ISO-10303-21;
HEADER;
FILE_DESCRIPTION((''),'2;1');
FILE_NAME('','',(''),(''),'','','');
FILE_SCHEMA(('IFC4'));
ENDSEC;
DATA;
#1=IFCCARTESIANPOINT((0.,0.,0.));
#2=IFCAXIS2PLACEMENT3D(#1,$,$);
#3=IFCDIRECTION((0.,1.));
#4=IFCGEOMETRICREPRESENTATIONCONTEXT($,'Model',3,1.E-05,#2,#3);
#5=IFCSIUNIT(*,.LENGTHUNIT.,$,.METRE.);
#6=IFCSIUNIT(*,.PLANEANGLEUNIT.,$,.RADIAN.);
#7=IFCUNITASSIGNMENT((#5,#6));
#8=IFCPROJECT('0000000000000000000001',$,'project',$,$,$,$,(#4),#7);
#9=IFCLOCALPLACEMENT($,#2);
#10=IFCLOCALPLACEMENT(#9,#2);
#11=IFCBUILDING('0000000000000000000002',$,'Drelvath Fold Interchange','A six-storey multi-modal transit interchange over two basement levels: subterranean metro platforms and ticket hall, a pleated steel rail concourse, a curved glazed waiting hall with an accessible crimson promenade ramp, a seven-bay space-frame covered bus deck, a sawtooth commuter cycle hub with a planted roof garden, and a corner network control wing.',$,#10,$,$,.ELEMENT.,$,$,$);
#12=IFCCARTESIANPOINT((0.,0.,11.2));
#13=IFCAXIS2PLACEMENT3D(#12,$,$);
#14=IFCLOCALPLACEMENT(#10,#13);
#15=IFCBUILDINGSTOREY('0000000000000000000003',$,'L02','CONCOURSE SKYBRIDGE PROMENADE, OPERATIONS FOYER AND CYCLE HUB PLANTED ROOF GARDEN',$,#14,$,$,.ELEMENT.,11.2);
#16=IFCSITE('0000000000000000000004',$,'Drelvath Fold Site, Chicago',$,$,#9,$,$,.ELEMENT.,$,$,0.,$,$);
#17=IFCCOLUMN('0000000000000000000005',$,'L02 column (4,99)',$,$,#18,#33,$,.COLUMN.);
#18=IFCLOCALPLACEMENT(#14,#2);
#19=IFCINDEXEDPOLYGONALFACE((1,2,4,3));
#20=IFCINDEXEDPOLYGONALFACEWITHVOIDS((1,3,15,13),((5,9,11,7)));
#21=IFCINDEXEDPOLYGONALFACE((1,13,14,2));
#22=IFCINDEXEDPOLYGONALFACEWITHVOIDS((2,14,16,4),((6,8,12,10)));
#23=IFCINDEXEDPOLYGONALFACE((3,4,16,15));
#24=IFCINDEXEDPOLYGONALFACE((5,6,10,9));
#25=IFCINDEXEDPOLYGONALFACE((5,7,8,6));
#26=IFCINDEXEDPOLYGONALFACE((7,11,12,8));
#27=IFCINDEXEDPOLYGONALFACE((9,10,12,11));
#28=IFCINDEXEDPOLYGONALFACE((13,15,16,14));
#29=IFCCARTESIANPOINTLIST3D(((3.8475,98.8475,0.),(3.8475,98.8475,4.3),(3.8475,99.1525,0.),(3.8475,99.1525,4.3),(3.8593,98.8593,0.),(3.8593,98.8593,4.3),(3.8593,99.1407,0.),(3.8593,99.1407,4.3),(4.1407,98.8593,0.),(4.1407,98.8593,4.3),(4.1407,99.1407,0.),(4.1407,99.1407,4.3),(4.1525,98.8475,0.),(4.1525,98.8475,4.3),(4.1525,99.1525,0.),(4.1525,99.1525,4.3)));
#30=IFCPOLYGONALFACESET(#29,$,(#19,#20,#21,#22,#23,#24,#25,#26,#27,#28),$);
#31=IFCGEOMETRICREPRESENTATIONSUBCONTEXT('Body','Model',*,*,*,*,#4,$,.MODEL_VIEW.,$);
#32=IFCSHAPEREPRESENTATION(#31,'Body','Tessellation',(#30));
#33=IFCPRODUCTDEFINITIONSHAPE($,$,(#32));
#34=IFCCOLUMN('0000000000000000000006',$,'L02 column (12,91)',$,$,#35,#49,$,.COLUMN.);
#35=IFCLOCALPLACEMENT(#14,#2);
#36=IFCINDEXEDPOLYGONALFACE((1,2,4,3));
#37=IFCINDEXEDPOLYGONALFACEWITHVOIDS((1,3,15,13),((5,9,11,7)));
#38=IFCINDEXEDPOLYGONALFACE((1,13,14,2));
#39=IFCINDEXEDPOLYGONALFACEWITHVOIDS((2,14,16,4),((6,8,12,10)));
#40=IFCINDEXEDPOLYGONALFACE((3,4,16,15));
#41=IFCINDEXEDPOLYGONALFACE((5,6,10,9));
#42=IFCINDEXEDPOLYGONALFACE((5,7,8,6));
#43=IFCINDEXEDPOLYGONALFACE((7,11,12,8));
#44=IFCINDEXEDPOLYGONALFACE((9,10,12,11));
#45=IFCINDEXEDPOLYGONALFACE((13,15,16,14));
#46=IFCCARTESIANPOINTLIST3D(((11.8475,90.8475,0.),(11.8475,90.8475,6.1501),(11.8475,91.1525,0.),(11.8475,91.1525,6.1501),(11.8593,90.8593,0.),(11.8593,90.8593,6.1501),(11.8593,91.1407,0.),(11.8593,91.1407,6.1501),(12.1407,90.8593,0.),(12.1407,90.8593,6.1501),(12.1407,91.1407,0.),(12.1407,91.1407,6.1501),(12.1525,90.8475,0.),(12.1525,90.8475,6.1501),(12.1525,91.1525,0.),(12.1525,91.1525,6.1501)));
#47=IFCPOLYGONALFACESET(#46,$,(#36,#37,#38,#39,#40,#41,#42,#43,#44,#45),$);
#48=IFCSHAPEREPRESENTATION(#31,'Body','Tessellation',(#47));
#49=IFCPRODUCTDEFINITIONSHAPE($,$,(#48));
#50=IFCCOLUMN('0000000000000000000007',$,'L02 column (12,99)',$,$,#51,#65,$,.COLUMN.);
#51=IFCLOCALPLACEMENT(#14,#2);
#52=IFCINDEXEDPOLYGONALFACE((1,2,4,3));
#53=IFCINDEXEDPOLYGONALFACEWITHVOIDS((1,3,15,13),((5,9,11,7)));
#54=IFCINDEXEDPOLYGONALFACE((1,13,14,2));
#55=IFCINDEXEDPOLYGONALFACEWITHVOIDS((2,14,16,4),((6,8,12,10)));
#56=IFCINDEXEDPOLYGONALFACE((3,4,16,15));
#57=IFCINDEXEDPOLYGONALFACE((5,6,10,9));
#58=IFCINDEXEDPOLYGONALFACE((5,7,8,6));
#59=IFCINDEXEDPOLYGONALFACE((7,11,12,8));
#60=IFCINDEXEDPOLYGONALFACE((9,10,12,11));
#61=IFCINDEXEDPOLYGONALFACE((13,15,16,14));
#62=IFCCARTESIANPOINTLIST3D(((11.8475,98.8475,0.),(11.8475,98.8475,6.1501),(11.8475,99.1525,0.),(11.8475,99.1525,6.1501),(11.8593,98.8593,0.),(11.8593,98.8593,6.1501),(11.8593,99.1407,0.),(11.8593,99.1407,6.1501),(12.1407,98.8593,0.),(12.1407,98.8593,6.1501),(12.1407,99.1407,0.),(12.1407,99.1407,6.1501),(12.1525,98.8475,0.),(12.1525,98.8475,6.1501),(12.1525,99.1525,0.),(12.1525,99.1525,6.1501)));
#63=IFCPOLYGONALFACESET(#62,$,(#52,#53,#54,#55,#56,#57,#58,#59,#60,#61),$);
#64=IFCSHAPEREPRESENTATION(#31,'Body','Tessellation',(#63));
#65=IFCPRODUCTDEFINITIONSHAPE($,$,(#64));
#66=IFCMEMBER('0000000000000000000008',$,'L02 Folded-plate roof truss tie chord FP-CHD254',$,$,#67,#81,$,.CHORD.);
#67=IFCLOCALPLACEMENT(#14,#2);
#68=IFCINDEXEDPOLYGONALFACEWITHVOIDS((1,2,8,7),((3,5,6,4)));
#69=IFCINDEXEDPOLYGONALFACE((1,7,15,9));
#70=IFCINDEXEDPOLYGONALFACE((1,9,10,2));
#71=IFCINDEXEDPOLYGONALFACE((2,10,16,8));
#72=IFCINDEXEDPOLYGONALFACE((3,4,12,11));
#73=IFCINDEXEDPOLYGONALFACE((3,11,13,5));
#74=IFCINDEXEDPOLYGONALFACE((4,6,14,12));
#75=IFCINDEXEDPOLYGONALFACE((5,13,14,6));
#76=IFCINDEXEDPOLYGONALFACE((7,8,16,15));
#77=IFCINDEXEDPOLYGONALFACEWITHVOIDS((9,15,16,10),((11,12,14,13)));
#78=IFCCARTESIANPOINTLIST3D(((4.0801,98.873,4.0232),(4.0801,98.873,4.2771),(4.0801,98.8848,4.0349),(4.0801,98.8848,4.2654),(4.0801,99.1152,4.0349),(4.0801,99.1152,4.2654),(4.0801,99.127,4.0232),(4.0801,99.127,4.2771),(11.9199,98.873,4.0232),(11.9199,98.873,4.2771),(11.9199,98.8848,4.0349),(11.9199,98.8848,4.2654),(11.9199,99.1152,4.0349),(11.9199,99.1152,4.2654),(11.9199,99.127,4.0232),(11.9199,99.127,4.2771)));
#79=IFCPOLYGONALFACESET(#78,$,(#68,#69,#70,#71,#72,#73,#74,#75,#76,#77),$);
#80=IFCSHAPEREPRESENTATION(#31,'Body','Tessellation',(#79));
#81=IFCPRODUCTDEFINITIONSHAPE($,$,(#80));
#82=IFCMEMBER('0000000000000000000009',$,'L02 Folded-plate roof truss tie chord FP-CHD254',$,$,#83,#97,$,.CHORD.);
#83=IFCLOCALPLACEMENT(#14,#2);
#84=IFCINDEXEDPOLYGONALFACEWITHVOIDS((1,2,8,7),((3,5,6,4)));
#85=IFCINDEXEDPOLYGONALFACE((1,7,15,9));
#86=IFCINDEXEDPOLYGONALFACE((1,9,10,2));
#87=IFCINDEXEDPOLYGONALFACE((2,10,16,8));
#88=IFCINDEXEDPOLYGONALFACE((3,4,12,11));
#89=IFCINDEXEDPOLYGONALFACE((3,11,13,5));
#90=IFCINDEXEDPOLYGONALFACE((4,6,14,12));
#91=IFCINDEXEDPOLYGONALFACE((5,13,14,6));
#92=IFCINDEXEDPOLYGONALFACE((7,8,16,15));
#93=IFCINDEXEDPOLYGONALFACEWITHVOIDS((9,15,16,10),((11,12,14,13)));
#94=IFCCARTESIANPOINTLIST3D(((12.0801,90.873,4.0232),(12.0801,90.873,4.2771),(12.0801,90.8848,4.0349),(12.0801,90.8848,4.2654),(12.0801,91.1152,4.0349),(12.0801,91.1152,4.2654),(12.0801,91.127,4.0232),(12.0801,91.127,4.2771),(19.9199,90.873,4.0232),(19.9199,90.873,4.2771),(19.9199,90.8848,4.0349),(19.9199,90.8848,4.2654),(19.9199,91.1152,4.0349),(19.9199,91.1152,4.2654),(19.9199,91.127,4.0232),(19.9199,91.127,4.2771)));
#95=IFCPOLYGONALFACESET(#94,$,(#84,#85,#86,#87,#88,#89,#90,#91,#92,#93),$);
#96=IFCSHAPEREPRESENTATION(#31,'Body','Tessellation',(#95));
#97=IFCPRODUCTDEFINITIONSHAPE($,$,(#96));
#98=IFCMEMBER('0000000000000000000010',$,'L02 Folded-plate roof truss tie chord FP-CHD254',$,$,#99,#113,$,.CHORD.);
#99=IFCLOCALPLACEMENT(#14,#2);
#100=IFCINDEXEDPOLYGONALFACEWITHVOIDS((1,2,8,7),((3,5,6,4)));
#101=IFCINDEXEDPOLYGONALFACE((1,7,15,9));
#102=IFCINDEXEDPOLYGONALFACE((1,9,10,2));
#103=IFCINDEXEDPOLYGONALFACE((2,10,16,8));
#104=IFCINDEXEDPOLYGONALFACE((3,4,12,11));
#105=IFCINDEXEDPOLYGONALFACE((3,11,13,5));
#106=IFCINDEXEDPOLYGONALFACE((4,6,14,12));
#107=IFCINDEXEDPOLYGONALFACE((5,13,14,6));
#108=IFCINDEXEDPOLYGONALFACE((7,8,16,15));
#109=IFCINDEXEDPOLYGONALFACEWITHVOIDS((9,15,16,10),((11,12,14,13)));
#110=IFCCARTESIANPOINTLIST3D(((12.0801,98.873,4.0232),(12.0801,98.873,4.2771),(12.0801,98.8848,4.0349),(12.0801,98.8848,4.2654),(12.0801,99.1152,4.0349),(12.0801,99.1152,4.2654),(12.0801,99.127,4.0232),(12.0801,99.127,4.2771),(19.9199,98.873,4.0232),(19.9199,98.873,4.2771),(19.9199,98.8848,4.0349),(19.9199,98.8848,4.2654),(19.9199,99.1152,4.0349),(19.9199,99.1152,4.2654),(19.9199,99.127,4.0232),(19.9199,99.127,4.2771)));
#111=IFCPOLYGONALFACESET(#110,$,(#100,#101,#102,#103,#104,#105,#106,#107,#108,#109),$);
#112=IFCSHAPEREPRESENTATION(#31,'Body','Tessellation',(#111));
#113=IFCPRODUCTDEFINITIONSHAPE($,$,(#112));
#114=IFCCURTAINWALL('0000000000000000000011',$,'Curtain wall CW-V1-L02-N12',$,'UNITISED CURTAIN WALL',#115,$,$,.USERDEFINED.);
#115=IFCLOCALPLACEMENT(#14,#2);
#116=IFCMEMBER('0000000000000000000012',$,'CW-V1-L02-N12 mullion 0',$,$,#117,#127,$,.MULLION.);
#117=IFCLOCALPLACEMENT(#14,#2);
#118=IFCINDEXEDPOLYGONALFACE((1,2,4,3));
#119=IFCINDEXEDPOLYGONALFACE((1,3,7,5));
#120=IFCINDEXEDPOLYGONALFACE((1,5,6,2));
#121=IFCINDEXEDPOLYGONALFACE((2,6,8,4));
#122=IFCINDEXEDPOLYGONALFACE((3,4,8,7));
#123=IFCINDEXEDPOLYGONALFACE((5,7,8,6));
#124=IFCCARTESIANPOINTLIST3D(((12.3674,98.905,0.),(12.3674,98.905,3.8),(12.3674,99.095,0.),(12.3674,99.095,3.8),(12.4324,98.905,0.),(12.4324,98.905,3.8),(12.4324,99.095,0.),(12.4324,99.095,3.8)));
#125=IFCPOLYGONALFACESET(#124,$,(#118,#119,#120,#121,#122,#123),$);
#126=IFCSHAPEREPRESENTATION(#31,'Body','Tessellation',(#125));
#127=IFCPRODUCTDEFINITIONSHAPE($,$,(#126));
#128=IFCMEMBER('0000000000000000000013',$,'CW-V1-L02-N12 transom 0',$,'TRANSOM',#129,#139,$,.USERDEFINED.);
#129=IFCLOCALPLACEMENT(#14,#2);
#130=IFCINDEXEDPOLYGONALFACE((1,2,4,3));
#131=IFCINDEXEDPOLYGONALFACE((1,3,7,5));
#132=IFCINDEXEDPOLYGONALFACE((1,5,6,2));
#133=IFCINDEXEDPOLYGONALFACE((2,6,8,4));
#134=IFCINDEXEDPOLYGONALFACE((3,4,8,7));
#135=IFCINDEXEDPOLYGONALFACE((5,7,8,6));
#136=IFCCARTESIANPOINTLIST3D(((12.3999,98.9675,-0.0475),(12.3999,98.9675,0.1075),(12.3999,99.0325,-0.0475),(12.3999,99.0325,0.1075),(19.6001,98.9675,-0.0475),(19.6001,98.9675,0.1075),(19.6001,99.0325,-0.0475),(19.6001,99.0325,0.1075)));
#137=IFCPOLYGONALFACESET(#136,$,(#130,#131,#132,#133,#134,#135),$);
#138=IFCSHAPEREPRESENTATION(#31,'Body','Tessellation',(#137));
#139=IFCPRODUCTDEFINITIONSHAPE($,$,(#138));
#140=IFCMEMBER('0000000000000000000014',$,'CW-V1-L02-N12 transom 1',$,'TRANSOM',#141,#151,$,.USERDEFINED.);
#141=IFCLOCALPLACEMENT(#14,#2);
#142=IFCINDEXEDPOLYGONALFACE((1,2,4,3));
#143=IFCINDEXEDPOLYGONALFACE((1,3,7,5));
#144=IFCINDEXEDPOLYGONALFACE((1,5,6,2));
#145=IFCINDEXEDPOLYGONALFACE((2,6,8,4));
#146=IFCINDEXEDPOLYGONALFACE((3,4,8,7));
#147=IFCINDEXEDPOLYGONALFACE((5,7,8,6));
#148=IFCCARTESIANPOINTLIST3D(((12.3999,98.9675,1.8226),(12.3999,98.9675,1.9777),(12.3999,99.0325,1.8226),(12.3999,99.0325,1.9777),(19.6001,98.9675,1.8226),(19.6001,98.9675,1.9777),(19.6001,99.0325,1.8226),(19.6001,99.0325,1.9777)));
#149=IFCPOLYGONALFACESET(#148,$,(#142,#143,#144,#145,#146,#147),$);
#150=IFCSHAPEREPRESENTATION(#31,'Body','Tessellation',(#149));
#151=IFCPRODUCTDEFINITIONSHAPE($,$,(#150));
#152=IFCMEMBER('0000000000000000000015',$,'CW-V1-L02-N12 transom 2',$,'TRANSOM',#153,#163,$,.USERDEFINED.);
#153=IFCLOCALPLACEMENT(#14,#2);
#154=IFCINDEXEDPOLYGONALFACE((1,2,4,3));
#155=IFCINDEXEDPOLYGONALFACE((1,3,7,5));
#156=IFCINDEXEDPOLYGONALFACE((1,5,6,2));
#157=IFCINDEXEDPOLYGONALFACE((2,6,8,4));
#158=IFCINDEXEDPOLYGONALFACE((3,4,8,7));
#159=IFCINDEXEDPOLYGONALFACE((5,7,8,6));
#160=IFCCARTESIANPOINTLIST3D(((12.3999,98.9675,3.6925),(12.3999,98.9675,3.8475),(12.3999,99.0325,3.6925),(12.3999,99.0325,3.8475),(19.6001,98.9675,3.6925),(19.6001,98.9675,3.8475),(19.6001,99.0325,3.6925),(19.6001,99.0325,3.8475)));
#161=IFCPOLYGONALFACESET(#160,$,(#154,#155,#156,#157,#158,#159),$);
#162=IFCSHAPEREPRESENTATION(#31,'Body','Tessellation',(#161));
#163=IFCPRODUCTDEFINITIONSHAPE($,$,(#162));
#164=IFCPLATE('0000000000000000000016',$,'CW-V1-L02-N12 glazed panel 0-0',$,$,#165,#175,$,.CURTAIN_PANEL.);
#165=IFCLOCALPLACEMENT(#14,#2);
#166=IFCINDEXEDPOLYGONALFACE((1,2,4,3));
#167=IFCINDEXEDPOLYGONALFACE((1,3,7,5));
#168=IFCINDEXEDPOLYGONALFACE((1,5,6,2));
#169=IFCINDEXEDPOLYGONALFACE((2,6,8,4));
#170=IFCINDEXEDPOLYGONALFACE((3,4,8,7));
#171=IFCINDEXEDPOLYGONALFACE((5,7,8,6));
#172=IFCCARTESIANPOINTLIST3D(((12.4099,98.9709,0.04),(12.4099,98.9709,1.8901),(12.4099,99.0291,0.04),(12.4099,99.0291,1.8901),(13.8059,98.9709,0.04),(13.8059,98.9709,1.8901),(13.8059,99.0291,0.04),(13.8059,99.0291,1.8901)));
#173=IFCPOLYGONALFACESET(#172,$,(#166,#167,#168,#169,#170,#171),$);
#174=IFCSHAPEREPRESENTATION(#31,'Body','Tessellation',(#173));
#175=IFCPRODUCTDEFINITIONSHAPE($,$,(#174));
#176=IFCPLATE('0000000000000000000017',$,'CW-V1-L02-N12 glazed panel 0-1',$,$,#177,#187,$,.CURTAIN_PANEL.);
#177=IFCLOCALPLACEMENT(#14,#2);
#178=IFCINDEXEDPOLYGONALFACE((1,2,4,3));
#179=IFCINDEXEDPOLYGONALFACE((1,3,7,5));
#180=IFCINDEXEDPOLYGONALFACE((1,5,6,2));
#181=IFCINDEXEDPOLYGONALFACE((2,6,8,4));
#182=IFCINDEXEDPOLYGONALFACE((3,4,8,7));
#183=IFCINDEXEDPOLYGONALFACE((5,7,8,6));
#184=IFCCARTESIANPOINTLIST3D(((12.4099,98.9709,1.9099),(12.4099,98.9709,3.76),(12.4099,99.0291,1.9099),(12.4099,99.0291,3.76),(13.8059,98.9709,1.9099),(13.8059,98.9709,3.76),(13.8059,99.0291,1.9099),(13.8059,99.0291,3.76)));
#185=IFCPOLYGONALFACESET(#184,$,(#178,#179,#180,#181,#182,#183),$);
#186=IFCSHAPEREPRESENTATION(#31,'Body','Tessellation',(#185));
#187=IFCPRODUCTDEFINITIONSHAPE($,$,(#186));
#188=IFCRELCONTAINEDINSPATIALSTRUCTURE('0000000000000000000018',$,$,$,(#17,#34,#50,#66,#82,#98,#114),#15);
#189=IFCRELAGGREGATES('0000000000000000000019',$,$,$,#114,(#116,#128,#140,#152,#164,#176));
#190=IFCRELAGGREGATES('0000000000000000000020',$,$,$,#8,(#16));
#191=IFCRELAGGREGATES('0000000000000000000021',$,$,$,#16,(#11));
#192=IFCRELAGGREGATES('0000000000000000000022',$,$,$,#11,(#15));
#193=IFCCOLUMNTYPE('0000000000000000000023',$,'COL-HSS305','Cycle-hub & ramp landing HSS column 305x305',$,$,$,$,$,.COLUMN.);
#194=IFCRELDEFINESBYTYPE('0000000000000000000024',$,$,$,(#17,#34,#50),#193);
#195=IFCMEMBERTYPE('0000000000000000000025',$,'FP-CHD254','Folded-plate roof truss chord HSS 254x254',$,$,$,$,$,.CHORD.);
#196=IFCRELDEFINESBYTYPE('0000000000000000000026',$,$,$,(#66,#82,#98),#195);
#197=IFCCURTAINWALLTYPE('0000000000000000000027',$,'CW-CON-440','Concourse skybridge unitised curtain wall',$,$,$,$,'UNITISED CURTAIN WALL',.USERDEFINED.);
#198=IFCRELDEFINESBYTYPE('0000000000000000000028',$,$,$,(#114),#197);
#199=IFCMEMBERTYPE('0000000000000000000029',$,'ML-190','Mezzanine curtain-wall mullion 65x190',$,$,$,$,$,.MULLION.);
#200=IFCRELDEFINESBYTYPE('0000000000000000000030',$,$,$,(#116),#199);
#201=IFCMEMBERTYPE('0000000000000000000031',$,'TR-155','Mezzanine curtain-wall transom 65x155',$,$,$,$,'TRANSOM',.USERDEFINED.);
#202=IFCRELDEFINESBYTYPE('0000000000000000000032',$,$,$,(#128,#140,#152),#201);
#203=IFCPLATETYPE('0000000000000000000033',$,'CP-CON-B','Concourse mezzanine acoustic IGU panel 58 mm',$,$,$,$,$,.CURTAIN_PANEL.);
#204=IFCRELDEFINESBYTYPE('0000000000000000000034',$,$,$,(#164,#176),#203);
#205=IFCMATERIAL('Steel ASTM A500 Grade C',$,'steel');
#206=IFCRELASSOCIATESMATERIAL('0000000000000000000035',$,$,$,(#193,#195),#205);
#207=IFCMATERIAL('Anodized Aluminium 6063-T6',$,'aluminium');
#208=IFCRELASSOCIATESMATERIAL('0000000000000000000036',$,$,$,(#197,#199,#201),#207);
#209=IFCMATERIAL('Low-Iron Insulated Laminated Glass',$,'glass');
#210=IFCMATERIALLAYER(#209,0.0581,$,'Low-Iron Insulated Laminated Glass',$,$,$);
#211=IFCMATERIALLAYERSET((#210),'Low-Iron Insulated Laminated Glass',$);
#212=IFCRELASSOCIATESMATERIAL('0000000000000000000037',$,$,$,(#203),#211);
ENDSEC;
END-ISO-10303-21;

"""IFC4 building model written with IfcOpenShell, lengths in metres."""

from ifc_helpers import new_model, si_unit, direction, frame, origin, origin_2d, place, context, subcontext, project, spatial, rectangle, hollow_rectangle, extrude, material, layer, layer_set, material_profile, profile_set, type_object, element, aggregate, save


model = new_model("IFC4")

# Units and contexts
model_context = context("Model", 3, precision=1e-05, world=origin(), true_north=direction((0.0, 1.0)))
body_context = subcontext(model_context, "Body", "Model", "MODEL_VIEW")
ifc_project = project(units=[si_unit("LENGTHUNIT", "METRE"), si_unit("PLANEANGLEUNIT", "RADIAN")], contexts=[model_context])

# Site, building, storey
site_placement = place(None, origin())
site = spatial("IfcSite", under=ifc_project, at=site_placement, Name="Drelvath Fold Site, Chicago", CompositionType="ELEMENT", RefElevation=0.0)
building_placement = place(site_placement, origin())
building = spatial("IfcBuilding", under=site, at=building_placement, Name="Drelvath Fold Interchange", Description="A six-storey multi-modal transit interchange over two basement levels: subterranean metro platforms and ticket hall, a pleated steel rail concourse, a curved glazed waiting hall with an accessible crimson promenade ramp, a seven-bay space-frame covered bus deck, a sawtooth commuter cycle hub with a planted roof garden, and a corner network control wing.", CompositionType="ELEMENT")
storey_placement = place(building_placement, frame((0.0, 0.0, 11.2)))
storey = spatial("IfcBuildingStorey", under=building, at=storey_placement, Name="L02", Description="CONCOURSE SKYBRIDGE PROMENADE, OPERATIONS FOYER AND CYCLE HUB PLANTED ROOF GARDEN", CompositionType="ELEMENT", Elevation=11.2)

# Columns
ifc_material_1 = material(Name="Steel ASTM A500 Grade C", Category="steel")
ifc_material_profile_1 = material_profile(ifc_material_1, hollow_rectangle(XDim=0.3049, YDim=0.3049, WallThickness=0.0117, at=origin_2d()), Name="HSS12X12X1/2")
ifc_profile_set_1 = profile_set([ifc_material_profile_1], Name="Steel ASTM A500 Grade C")
column_type = type_object("IfcColumnType", Name="COL-HSS305", Description="Cycle-hub & ramp landing HSS column 305x305", PredefinedType="COLUMN", material=ifc_profile_set_1)
column_placement = place(storey_placement, frame((4.0, 99.0, 0.0), z_axis=(0.0, 0.0, 1.0), x_axis=(1.0, 0.0, 0.0)))
element("IfcColumn", 1, at=column_placement, inside=storey, type_object=column_type, Name="L02 column (4,99)", PredefinedType="COLUMN", context=body_context, shape_type="SweptSolid", body=[
    extrude(hollow_rectangle(XDim=0.3049, YDim=0.3049, WallThickness=0.0117, at=origin_2d()), origin(), (0.0, 0.0, 1.0), 4.3),
])
for number, where, z_axis, x_axis, name in (
    (2, (12.0, 91.0, 0.0), (0.0, 0.0, 1.0), (1.0, 0.0, 0.0), "L02 column (12,91)"),
    (3, (12.0, 99.0, 0.0), (0.0, 0.0, 1.0), (1.0, 0.0, 0.0), "L02 column (12,99)"),
):
    element("IfcColumn", number, at=place(storey_placement, frame(where, z_axis=z_axis, x_axis=x_axis)), inside=storey, type_object=column_type, Name=name, PredefinedType="COLUMN", context=body_context, shape_type="SweptSolid", body=[
        extrude(hollow_rectangle(XDim=0.3049, YDim=0.3049, WallThickness=0.0117, at=origin_2d()), origin(), (0.0, 0.0, 1.0), 6.1501),
    ])

# Members
ifc_material_profile_2 = material_profile(ifc_material_1, hollow_rectangle(XDim=0.2539, YDim=0.2539, WallThickness=0.0117, at=origin_2d()), Name="HSS10X10X1/2")
ifc_profile_set_2 = profile_set([ifc_material_profile_2], Name="Steel ASTM A500 Grade C")
member_type_1 = type_object("IfcMemberType", Name="FP-CHD254", Description="Folded-plate roof truss chord HSS 254x254", PredefinedType="CHORD", material=ifc_profile_set_2)
for number, where, z_axis, x_axis, name in (
    (4, (4.0801, 99.0, 4.1501), (1.0, 0.0, 0.0), (0.0, 1.0, 0.0), "L02 Folded-plate roof truss tie chord FP-CHD254"),
    (5, (12.0801, 91.0, 4.1501), (1.0, 0.0, 0.0), (0.0, 1.0, 0.0), "L02 Folded-plate roof truss tie chord FP-CHD254"),
    (6, (12.0801, 99.0, 4.1501), (1.0, 0.0, 0.0), (0.0, 1.0, 0.0), "L02 Folded-plate roof truss tie chord FP-CHD254"),
):
    element("IfcMember", number, at=place(storey_placement, frame(where, z_axis=z_axis, x_axis=x_axis)), inside=storey, type_object=member_type_1, Name=name, PredefinedType="CHORD", context=body_context, shape_type="SweptSolid", body=[
        extrude(hollow_rectangle(XDim=0.2539, YDim=0.2539, WallThickness=0.0117, at=origin_2d()), origin(), (0.0, 0.0, 1.0), 7.8398),
    ])

# Curtain wall, members, plates
ifc_material_2 = material(Name="Anodized Aluminium 6063-T6", Category="aluminium")
curtain_wall_type = type_object("IfcCurtainWallType", Name="CW-CON-440", Description="Concourse skybridge unitised curtain wall", ElementType="UNITISED CURTAIN WALL", PredefinedType="USERDEFINED", material=ifc_material_2)
curtain_wall_placement = place(storey_placement, origin())
curtain_wall = element("IfcCurtainWall", 7, at=curtain_wall_placement, inside=storey, type_object=curtain_wall_type, Name="Curtain wall CW-V1-L02-N12", ObjectType="UNITISED CURTAIN WALL", PredefinedType="USERDEFINED")
ifc_material_profile_3 = material_profile(ifc_material_2, rectangle(XDim=0.0649, YDim=0.1899, at=origin_2d()), Name="AL-M 65x190")
ifc_profile_set_3 = profile_set([ifc_material_profile_3], Name="Anodized Aluminium 6063-T6")
member_type_2 = type_object("IfcMemberType", Name="ML-190", Description="Mezzanine curtain-wall mullion 65x190", PredefinedType="MULLION", material=ifc_profile_set_3)
member_1_placement = place(storey_placement, frame((12.3999, 99.0, 0.0), z_axis=(0.0, 0.0, 1.0), x_axis=(1.0, 0.0, 0.0)))
member_1 = element("IfcMember", 8, at=member_1_placement, type_object=member_type_2, Name="CW-V1-L02-N12 mullion 0", PredefinedType="MULLION", context=body_context, shape_type="SweptSolid", body=[
    extrude(rectangle(XDim=0.0649, YDim=0.1899, at=origin_2d()), origin(), (0.0, 0.0, 1.0), 3.8),
])
ifc_material_profile_4 = material_profile(ifc_material_2, rectangle(XDim=0.0649, YDim=0.155, at=origin_2d()), Name="AL-T 65x155")
ifc_profile_set_4 = profile_set([ifc_material_profile_4], Name="Anodized Aluminium 6063-T6")
member_type_3 = type_object("IfcMemberType", Name="TR-155", Description="Mezzanine curtain-wall transom 65x155", ElementType="TRANSOM", PredefinedType="USERDEFINED", material=ifc_profile_set_4)
member_2_placement = place(storey_placement, frame((12.3999, 99.0, 0.03), z_axis=(1.0, 0.0, 0.0), x_axis=(0.0, 1.0, 0.0)))
member_2 = element("IfcMember", 9, at=member_2_placement, type_object=member_type_3, Name="CW-V1-L02-N12 transom 0", ObjectType="TRANSOM", PredefinedType="USERDEFINED", context=body_context, shape_type="SweptSolid", body=[
    extrude(rectangle(XDim=0.0649, YDim=0.155, at=origin_2d()), origin(), (0.0, 0.0, 1.0), 7.2002),
])
member_3_placement = place(storey_placement, frame((12.3999, 99.0, 1.9001), z_axis=(1.0, 0.0, 0.0), x_axis=(0.0, 1.0, 0.0)))
member_3 = element("IfcMember", 10, at=member_3_placement, type_object=member_type_3, Name="CW-V1-L02-N12 transom 1", ObjectType="TRANSOM", PredefinedType="USERDEFINED", context=body_context, shape_type="SweptSolid", body=[
    extrude(rectangle(XDim=0.0649, YDim=0.155, at=origin_2d()), origin(), (0.0, 0.0, 1.0), 7.2002),
])
member_4_placement = place(storey_placement, frame((12.3999, 99.0, 3.77), z_axis=(1.0, 0.0, 0.0), x_axis=(0.0, 1.0, 0.0)))
member_4 = element("IfcMember", 11, at=member_4_placement, type_object=member_type_3, Name="CW-V1-L02-N12 transom 2", ObjectType="TRANSOM", PredefinedType="USERDEFINED", context=body_context, shape_type="SweptSolid", body=[
    extrude(rectangle(XDim=0.0649, YDim=0.155, at=origin_2d()), origin(), (0.0, 0.0, 1.0), 7.2002),
])
ifc_material_3 = material(Name="Low-Iron Insulated Laminated Glass", Category="glass")
ifc_layer_1 = layer(ifc_material_3, 0.0581, Name="Low-Iron Insulated Laminated Glass")
ifc_layer_set_1 = layer_set([ifc_layer_1], Name="Low-Iron Insulated Laminated Glass")
plate_type = type_object("IfcPlateType", Name="CP-CON-B", Description="Concourse mezzanine acoustic IGU panel 58 mm", PredefinedType="CURTAIN_PANEL", material=ifc_layer_set_1)
plate_1_placement = place(storey_placement, frame((13.1079, 99.0, 0.04), z_axis=(0.0, 0.0, 1.0), x_axis=(1.0, 0.0, 0.0)))
plate_1 = element("IfcPlate", 12, at=plate_1_placement, type_object=plate_type, Name="CW-V1-L02-N12 glazed panel 0-0", PredefinedType="CURTAIN_PANEL", context=body_context, shape_type="SweptSolid", body=[
    extrude(rectangle(XDim=1.396, YDim=0.0581, at=origin_2d()), origin(), (0.0, 0.0, 1.0), 1.8501),
])
plate_2_placement = place(storey_placement, frame((13.1079, 99.0, 1.9099), z_axis=(0.0, 0.0, 1.0), x_axis=(1.0, 0.0, 0.0)))
plate_2 = element("IfcPlate", 13, at=plate_2_placement, type_object=plate_type, Name="CW-V1-L02-N12 glazed panel 0-1", PredefinedType="CURTAIN_PANEL", context=body_context, shape_type="SweptSolid", body=[
    extrude(rectangle(XDim=1.396, YDim=0.0581, at=origin_2d()), origin(), (0.0, 0.0, 1.0), 1.8501),
])
aggregate(curtain_wall, [member_1, member_2, member_3, member_4, plate_1, plate_2])

save(model, "model.ifc")
